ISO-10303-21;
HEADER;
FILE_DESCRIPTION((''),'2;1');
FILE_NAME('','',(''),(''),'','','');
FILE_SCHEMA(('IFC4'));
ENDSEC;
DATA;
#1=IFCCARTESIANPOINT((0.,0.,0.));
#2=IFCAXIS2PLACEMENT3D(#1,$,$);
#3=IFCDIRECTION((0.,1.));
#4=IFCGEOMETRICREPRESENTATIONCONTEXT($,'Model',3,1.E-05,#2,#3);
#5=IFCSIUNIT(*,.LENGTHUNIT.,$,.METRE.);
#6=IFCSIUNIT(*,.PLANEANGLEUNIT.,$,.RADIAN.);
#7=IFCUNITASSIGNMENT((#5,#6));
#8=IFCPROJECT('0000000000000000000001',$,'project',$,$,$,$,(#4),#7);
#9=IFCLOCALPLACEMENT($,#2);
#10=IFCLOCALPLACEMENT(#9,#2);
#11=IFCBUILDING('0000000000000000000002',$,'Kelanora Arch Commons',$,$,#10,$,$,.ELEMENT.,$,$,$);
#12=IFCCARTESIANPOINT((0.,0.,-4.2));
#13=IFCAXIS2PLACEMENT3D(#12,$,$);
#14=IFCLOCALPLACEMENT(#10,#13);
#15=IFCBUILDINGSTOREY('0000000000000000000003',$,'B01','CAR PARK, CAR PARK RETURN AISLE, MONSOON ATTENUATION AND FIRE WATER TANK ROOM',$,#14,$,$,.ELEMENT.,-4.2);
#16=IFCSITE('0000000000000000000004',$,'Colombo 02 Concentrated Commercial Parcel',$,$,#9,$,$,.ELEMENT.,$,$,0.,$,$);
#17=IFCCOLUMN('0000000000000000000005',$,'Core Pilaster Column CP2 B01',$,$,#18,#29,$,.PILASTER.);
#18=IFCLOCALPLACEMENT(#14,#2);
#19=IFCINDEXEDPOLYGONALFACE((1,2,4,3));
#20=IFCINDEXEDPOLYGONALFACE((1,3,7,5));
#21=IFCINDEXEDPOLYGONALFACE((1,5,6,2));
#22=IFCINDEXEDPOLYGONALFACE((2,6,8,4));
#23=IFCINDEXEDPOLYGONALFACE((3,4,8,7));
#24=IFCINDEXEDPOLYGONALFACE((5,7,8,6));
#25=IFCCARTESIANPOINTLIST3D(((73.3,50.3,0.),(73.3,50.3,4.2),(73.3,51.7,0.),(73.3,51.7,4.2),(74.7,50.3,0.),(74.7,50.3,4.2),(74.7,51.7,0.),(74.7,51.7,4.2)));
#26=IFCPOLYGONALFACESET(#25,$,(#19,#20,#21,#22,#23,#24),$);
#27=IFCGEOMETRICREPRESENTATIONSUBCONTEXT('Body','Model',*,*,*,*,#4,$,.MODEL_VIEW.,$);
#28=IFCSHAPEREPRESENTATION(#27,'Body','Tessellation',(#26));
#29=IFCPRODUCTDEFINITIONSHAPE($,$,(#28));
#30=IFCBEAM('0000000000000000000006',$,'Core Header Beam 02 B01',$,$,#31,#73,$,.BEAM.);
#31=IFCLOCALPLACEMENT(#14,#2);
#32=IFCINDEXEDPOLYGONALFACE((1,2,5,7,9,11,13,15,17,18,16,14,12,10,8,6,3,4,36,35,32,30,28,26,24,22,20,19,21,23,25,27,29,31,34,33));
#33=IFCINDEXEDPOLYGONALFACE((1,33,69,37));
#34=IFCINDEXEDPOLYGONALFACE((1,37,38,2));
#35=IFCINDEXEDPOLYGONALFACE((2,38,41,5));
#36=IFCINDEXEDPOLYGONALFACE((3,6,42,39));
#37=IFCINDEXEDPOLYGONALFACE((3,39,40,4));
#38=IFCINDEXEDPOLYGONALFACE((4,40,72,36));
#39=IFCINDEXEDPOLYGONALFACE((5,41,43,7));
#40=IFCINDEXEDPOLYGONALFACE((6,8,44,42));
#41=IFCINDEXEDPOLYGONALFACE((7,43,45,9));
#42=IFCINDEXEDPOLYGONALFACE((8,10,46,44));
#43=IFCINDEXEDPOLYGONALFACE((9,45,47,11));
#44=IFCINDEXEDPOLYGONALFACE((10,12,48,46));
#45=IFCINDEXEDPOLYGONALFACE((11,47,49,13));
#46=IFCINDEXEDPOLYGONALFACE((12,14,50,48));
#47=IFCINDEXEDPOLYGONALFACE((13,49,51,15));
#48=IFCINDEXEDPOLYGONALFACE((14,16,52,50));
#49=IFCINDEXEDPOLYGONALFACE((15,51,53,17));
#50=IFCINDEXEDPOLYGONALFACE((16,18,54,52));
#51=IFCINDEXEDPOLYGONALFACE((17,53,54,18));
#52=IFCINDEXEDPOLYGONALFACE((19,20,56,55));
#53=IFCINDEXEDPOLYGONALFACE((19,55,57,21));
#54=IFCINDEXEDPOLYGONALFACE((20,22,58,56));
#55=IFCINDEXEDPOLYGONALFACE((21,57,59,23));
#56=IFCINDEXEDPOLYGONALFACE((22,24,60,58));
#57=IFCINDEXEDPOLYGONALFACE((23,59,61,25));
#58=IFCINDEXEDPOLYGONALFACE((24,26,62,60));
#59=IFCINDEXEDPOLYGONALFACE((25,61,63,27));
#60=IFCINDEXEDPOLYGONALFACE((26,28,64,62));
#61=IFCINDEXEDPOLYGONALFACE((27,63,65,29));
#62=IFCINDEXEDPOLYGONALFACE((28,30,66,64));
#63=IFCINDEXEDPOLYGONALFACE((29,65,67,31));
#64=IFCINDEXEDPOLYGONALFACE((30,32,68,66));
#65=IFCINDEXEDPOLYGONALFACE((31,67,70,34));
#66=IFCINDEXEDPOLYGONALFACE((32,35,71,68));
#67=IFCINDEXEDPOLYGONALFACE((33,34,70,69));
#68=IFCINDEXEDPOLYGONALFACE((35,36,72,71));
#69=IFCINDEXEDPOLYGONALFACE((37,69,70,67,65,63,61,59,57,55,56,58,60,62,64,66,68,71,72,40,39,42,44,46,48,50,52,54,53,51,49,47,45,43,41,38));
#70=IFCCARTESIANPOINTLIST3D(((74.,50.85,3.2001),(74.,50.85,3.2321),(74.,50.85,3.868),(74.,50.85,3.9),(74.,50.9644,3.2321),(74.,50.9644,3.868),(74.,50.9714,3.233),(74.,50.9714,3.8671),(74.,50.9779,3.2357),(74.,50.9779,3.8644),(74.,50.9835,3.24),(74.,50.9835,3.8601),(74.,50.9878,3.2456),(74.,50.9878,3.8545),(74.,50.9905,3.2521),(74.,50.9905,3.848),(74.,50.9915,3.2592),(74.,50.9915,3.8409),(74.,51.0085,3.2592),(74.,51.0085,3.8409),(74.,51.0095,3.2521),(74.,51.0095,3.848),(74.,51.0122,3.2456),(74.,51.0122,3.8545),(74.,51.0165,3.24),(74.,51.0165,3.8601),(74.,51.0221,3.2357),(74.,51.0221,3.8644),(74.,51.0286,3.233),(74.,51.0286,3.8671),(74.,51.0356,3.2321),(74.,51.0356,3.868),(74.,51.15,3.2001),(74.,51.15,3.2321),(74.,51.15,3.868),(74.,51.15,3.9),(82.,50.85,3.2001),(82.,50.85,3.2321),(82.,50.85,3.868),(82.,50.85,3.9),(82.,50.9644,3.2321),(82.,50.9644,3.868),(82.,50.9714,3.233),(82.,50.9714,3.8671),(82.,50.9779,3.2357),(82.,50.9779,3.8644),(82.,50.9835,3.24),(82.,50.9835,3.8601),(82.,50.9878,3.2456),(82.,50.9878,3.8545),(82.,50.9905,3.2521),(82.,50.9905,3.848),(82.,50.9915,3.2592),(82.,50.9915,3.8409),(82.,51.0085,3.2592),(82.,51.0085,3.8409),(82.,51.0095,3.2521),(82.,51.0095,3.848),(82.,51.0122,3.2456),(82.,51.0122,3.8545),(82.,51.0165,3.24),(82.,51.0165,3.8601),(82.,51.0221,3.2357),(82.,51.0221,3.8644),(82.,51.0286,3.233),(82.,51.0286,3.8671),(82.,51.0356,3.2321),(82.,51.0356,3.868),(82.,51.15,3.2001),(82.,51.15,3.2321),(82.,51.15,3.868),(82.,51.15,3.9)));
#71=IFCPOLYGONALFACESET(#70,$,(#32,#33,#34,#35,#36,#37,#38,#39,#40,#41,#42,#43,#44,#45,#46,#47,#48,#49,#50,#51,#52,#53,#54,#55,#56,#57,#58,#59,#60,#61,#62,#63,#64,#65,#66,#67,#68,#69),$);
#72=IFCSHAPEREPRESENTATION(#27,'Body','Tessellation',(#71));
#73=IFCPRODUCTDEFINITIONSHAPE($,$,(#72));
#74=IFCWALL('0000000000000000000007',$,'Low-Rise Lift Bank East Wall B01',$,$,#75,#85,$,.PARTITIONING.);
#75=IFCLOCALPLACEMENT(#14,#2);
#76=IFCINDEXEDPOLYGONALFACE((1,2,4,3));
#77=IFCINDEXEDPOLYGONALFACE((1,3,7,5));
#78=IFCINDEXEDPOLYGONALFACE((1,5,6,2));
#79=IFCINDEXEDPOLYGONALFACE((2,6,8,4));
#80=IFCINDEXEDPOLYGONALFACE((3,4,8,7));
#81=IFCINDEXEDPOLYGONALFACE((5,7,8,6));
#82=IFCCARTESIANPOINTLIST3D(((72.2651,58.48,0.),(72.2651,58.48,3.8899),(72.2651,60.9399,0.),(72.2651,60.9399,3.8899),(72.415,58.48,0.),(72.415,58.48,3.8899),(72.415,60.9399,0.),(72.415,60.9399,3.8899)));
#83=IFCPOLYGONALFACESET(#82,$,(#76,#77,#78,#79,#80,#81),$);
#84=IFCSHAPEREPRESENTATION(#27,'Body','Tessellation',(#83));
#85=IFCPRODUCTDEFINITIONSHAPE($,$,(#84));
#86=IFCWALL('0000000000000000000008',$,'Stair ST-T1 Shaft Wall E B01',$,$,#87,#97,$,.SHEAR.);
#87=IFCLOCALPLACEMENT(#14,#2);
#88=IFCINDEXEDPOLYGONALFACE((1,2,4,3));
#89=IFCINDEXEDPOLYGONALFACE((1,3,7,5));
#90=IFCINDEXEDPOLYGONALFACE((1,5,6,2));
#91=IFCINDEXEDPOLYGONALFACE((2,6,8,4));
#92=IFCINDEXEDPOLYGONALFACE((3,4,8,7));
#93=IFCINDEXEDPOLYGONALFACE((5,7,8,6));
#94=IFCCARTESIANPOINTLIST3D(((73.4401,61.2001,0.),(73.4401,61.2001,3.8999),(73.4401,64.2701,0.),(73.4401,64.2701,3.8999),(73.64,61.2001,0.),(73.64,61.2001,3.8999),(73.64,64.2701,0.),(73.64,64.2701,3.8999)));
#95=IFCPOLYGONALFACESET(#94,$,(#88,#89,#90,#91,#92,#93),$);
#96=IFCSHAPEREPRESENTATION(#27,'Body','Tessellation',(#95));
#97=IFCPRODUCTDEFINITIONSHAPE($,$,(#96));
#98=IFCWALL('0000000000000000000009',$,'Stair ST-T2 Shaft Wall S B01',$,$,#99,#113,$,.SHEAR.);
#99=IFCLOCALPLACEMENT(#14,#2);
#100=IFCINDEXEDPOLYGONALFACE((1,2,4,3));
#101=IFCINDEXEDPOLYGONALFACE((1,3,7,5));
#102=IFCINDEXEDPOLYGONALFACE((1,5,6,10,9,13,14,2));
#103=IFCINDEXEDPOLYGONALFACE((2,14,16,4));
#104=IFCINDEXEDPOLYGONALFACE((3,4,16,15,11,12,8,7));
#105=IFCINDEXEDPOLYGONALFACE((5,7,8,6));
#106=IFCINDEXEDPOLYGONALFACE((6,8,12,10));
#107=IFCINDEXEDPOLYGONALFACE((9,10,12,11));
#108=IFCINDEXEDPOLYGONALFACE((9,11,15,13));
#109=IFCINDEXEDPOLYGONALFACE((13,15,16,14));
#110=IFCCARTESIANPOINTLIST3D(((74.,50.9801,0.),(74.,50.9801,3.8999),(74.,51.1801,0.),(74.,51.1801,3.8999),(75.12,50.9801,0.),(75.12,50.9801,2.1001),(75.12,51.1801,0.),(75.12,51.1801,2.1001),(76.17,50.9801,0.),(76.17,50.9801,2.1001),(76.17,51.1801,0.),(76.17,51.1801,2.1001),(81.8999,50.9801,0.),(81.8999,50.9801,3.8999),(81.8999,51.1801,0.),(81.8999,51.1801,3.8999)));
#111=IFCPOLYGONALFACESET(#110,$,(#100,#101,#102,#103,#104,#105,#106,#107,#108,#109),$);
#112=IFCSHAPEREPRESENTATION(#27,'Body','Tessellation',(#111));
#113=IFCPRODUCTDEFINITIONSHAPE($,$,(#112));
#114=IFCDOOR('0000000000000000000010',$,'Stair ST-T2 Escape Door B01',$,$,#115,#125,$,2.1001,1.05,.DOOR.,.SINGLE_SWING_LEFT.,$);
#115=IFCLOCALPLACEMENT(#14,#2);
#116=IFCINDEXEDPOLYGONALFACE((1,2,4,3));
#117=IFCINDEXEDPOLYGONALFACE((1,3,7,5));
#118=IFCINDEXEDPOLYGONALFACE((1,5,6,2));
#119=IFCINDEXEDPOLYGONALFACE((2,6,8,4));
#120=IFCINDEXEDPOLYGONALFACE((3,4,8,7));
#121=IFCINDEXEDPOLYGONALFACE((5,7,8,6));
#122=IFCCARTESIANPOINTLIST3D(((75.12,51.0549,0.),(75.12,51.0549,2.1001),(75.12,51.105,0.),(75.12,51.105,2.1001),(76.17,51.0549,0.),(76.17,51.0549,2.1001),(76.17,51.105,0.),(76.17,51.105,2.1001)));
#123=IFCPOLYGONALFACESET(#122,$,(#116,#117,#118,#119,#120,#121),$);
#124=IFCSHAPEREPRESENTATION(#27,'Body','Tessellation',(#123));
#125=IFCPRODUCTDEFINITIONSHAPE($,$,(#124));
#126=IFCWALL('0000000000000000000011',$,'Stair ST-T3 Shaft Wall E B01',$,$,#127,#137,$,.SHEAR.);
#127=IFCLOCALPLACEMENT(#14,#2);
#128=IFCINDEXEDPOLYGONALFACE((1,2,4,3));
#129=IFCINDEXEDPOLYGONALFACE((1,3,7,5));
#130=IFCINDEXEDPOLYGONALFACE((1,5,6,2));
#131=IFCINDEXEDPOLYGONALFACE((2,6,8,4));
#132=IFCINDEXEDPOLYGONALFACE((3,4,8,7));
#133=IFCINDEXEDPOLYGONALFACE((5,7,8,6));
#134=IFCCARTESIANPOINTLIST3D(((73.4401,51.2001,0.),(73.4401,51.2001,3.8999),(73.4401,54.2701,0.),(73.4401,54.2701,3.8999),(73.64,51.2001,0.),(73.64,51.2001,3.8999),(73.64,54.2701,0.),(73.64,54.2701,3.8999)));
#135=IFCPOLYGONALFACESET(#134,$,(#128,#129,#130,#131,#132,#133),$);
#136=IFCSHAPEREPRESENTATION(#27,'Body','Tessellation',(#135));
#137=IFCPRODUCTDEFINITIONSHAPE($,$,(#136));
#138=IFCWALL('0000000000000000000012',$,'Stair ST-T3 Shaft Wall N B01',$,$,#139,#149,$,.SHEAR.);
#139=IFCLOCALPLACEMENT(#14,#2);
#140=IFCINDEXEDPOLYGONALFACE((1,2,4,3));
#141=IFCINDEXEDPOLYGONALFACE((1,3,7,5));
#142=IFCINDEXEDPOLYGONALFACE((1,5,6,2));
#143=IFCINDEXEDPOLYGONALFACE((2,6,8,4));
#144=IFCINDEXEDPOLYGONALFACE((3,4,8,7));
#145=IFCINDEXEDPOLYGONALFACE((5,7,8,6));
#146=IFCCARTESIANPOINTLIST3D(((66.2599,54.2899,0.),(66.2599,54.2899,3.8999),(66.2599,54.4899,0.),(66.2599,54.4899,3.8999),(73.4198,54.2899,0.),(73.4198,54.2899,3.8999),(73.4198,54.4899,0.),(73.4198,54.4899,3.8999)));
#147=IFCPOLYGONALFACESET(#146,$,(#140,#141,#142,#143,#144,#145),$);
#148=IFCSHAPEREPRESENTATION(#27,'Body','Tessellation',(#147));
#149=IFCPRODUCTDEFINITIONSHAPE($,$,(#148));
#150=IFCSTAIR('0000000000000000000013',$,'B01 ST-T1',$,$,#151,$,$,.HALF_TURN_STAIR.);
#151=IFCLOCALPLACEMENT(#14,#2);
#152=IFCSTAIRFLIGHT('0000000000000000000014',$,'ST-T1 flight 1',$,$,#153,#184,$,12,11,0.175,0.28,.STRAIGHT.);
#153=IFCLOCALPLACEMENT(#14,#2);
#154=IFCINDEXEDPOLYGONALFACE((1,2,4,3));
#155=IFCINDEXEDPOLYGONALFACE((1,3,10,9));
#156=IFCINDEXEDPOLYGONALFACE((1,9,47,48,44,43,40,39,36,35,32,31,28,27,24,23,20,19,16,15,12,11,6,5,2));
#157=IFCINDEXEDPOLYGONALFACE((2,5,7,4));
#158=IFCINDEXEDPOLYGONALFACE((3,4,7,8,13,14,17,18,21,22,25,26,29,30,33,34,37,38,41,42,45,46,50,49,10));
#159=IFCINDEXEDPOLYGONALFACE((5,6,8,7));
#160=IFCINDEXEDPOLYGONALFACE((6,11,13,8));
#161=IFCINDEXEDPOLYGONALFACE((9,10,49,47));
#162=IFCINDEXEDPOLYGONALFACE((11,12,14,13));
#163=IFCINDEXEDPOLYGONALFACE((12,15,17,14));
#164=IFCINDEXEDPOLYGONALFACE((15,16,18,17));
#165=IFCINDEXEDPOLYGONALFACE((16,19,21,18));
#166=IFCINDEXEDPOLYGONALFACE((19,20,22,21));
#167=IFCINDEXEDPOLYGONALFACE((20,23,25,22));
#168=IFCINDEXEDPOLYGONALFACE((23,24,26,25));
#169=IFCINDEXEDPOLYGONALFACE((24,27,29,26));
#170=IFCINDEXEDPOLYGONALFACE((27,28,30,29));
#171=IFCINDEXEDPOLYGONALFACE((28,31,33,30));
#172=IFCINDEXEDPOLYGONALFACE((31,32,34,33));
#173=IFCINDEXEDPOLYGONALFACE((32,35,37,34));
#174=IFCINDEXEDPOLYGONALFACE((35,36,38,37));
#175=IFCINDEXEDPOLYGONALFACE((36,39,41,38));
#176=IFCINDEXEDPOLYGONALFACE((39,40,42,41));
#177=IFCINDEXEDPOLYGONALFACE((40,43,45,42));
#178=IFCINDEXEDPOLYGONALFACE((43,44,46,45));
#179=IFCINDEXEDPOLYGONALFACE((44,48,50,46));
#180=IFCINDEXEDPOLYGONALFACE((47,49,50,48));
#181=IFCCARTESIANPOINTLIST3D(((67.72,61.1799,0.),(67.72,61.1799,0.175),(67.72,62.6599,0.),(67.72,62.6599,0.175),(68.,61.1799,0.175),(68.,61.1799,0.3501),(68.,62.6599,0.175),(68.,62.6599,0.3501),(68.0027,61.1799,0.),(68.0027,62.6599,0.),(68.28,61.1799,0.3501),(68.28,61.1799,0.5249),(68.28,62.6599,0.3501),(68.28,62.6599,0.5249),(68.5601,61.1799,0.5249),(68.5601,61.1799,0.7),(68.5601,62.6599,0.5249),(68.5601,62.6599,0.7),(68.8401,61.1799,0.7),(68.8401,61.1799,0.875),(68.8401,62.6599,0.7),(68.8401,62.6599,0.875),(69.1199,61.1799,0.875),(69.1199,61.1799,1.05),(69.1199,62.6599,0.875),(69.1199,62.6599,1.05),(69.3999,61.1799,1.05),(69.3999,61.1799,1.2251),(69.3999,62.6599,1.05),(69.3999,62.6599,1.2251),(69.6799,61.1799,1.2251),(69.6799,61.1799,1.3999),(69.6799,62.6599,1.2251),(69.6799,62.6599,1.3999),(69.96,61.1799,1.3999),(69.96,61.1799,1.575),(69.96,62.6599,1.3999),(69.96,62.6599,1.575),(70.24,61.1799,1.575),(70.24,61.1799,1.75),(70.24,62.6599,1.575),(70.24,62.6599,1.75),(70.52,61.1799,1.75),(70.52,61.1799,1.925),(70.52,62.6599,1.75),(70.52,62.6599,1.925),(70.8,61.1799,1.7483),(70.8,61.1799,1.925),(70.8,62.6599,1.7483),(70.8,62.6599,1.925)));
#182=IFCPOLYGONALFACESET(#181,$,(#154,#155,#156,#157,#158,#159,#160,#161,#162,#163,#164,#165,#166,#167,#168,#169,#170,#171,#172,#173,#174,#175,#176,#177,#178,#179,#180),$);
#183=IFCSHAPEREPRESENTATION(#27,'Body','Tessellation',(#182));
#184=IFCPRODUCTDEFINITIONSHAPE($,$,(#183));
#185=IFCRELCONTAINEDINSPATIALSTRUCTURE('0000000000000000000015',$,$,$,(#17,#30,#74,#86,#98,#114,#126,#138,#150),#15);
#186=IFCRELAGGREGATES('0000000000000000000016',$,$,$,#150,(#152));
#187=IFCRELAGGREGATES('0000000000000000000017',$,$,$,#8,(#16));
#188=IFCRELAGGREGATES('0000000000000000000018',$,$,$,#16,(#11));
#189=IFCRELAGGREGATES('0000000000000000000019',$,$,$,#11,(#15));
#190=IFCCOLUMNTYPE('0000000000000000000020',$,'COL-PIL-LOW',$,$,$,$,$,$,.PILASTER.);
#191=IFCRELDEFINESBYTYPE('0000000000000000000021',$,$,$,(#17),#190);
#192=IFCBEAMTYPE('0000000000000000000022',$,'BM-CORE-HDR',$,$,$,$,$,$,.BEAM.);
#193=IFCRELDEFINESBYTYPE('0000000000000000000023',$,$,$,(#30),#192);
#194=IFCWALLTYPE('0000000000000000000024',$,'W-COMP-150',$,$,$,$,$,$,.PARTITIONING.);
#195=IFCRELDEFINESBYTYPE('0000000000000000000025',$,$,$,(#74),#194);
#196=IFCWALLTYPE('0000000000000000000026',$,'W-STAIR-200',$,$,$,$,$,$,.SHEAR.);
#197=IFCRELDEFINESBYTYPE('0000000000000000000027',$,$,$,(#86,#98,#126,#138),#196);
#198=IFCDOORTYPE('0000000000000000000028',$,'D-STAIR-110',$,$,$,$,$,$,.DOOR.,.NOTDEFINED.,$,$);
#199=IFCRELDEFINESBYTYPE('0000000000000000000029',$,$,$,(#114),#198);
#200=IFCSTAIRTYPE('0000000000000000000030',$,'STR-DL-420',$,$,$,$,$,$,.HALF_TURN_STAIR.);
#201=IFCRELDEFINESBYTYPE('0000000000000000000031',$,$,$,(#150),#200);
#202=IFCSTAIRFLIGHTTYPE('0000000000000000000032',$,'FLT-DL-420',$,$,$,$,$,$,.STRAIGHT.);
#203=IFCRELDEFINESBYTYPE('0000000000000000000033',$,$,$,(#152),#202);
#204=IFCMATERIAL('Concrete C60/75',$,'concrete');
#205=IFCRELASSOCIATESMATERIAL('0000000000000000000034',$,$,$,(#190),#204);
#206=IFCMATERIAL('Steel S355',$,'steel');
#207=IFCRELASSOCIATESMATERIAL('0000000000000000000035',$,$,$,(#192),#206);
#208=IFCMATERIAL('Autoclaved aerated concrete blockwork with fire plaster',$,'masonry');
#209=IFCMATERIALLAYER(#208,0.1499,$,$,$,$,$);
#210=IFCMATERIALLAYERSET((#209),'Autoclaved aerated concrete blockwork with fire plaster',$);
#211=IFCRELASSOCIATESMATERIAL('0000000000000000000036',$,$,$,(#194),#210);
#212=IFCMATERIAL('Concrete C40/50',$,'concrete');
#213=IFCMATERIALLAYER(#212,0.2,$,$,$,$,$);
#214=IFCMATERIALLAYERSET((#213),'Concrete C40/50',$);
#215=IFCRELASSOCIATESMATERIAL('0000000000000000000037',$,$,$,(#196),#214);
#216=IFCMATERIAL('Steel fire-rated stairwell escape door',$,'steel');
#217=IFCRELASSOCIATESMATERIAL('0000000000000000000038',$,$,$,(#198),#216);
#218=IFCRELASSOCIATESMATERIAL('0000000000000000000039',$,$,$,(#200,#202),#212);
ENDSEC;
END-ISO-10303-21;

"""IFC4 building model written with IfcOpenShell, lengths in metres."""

from ifc_helpers import new_model, si_unit, direction, frame, frame_2d, origin, origin_2d, place, context, subcontext, project, spatial, polyline, rectangle, i_section, outline, extrude, material, layer, layer_set, material_profile, profile_set, type_object, element, fill, aggregate, save


model = new_model("IFC4")

# Units and contexts
model_context = context("Model", 3, precision=1e-05, world=origin(), true_north=direction((0.0, 1.0)))
body_context = subcontext(model_context, "Body", "Model", "MODEL_VIEW")
ifc_project = project(units=[si_unit("LENGTHUNIT", "METRE"), si_unit("PLANEANGLEUNIT", "RADIAN")], contexts=[model_context])

# Site, building, storey
site_placement = place(None, origin())
site = spatial("IfcSite", under=ifc_project, at=site_placement, Name="Colombo 02 Concentrated Commercial Parcel", CompositionType="ELEMENT", RefElevation=0.0)
building_placement = place(site_placement, origin())
building = spatial("IfcBuilding", under=site, at=building_placement, Name="Kelanora Arch Commons", CompositionType="ELEMENT")
storey_placement = place(building_placement, frame((0.0, 0.0, -4.2)))
storey = spatial("IfcBuildingStorey", under=building, at=storey_placement, Name="B01", Description="CAR PARK, CAR PARK RETURN AISLE, MONSOON ATTENUATION AND FIRE WATER TANK ROOM", CompositionType="ELEMENT", Elevation=-4.2)

# Column
ifc_material_1 = material(Name="Concrete C60/75", Category="concrete")
ifc_material_profile_1 = material_profile(ifc_material_1, rectangle(XDim=1.3999, YDim=1.3999, at=origin_2d()), Name="RC1400x1400")
ifc_profile_set_1 = profile_set([ifc_material_profile_1], Name="Concrete C60/75")
column_type = type_object("IfcColumnType", Name="COL-PIL-LOW", PredefinedType="PILASTER", material=ifc_profile_set_1)
column_placement = place(storey_placement, frame((74.0, 51.0, 0.0), z_axis=(0.0, 0.0, 1.0), x_axis=(1.0, 0.0, 0.0)))
element("IfcColumn", 1, at=column_placement, inside=storey, type_object=column_type, Name="Core Pilaster Column CP2 B01", PredefinedType="PILASTER", context=body_context, shape_type="SweptSolid", body=[
    extrude(rectangle(XDim=1.3999, YDim=1.3999, at=origin_2d()), origin(), (0.0, 0.0, 1.0), 4.2),
])

# Beam
ifc_material_2 = material(Name="Steel S355", Category="steel")
ifc_material_profile_2 = material_profile(ifc_material_2, i_section(OverallWidth=0.3, OverallDepth=0.7, WebThickness=0.0171, FlangeThickness=0.032, FilletRadius=0.0271, at=origin_2d()), Name="HEB700")
ifc_profile_set_2 = profile_set([ifc_material_profile_2], Name="Steel S355")
beam_type = type_object("IfcBeamType", Name="BM-CORE-HDR", PredefinedType="BEAM", material=ifc_profile_set_2)
beam_placement = place(storey_placement, frame((74.0, 51.0, 3.55), z_axis=(1.0, 0.0, 0.0), x_axis=(0.0, 1.0, 0.0)))
element("IfcBeam", 2, at=beam_placement, inside=storey, type_object=beam_type, Name="Core Header Beam 02 B01", PredefinedType="BEAM", context=body_context, shape_type="SweptSolid", body=[
    extrude(i_section(OverallWidth=0.3, OverallDepth=0.7, WebThickness=0.0171, FlangeThickness=0.032, FilletRadius=0.0271, at=origin_2d()), origin(), (0.0, 0.0, 1.0), 8.0),
])

# Walls
ifc_material_3 = material(Name="Autoclaved aerated concrete blockwork with fire plaster", Category="masonry")
ifc_layer_1 = layer(ifc_material_3, 0.1499)
ifc_layer_set_1 = layer_set([ifc_layer_1], Name="Autoclaved aerated concrete blockwork with fire plaster")
wall_type_1 = type_object("IfcWallType", Name="W-COMP-150", PredefinedType="PARTITIONING", material=ifc_layer_set_1)
wall_1_placement = place(storey_placement, frame((72.3401, 58.48, 0.0), z_axis=(0.0, 0.0, 1.0), x_axis=(0.0, 1.0, 0.0)))
element("IfcWall", 3, at=wall_1_placement, inside=storey, type_object=wall_type_1, Name="Low-Rise Lift Bank East Wall B01", PredefinedType="PARTITIONING", context=body_context, shape_type="SweptSolid", body=[
    extrude(rectangle(XDim=2.46, YDim=0.1499, at=frame_2d((1.23, 0.0))), origin(), (0.0, 0.0, 1.0), 3.8899),
])
ifc_material_4 = material(Name="Concrete C40/50", Category="concrete")
ifc_layer_2 = layer(ifc_material_4, 0.2)
ifc_layer_set_2 = layer_set([ifc_layer_2], Name="Concrete C40/50")
wall_type_2 = type_object("IfcWallType", Name="W-STAIR-200", PredefinedType="SHEAR", material=ifc_layer_set_2)
wall_2_placement = place(storey_placement, frame((73.54, 61.2, 0.0), z_axis=(0.0, 0.0, 1.0), x_axis=(0.0, 1.0, 0.0)))
element("IfcWall", 4, at=wall_2_placement, inside=storey, type_object=wall_type_2, Name="Stair ST-T1 Shaft Wall E B01", PredefinedType="SHEAR", context=body_context, shape_type="SweptSolid", body=[
    extrude(rectangle(XDim=3.0701, YDim=0.2, at=frame_2d((1.5352, 0.0))), origin(), (0.0, 0.0, 1.0), 3.8999),
])

# Wall, opening, door
wall_3_placement = place(storey_placement, frame((74.0, 51.0801, 0.0), z_axis=(0.0, 0.0, 1.0), x_axis=(1.0, 0.0, 0.0)))
wall_3 = element("IfcWall", 5, at=wall_3_placement, inside=storey, type_object=wall_type_2, Name="Stair ST-T2 Shaft Wall S B01", PredefinedType="SHEAR", context=body_context, shape_type="SweptSolid", body=[
    extrude(rectangle(XDim=7.8999, YDim=0.2, at=frame_2d((3.95, 0.0))), origin(), (0.0, 0.0, 1.0), 3.8999),
])
opening_placement = place(wall_3_placement, frame((1.1201, 0.0, 0.0)))
opening = element("IfcOpeningElement", 6, at=opening_placement, cuts=wall_3, PredefinedType="OPENING", context=body_context, shape_type="SweptSolid", body=[
    extrude(rectangle(XDim=1.05, YDim=2.1001, at=frame_2d((0.5249, 1.05))), frame((0.0, 0.1099, 0.0), z_axis=(0.0, -1.0, 0.0), x_axis=(1.0, 0.0, 0.0)), (0.0, 0.0, 1.0), 0.22),
])
ifc_material_5 = material(Name="Steel fire-rated stairwell escape door", Category="steel")
door_type = type_object("IfcDoorType", Name="D-STAIR-110", OperationType="NOTDEFINED", PredefinedType="DOOR", material=ifc_material_5)
door_placement = place(opening_placement, origin())
door = element("IfcDoor", 7, at=door_placement, inside=storey, type_object=door_type, Name="Stair ST-T2 Escape Door B01", OperationType="SINGLE_SWING_LEFT", OverallHeight=2.1001, OverallWidth=1.05, PredefinedType="DOOR", context=body_context, shape_type="SweptSolid", body=[
    extrude(rectangle(XDim=1.05, YDim=2.1001, at=frame_2d((0.5249, 1.05))), frame((0.0, 0.0249, 0.0), z_axis=(0.0, -1.0, 0.0), x_axis=(1.0, 0.0, 0.0)), (0.0, 0.0, 1.0), 0.05),
])
fill(opening, door)

# Walls
wall_4_placement = place(storey_placement, frame((73.54, 51.2, 0.0), z_axis=(0.0, 0.0, 1.0), x_axis=(0.0, 1.0, 0.0)))
element("IfcWall", 8, at=wall_4_placement, inside=storey, type_object=wall_type_2, Name="Stair ST-T3 Shaft Wall E B01", PredefinedType="SHEAR", context=body_context, shape_type="SweptSolid", body=[
    extrude(rectangle(XDim=3.0701, YDim=0.2, at=frame_2d((1.5352, 0.0))), origin(), (0.0, 0.0, 1.0), 3.8999),
])
wall_5_placement = place(storey_placement, frame((73.4199, 54.3899, 0.0), z_axis=(0.0, 0.0, 1.0), x_axis=(-1.0, 0.0, 0.0)))
element("IfcWall", 9, at=wall_5_placement, inside=storey, type_object=wall_type_2, Name="Stair ST-T3 Shaft Wall N B01", PredefinedType="SHEAR", context=body_context, shape_type="SweptSolid", body=[
    extrude(rectangle(XDim=7.1599, YDim=0.2, at=frame_2d((3.5801, 0.0))), origin(), (0.0, 0.0, 1.0), 3.8999),
])

# Stair, stair flight
stair_type = type_object("IfcStairType", Name="STR-DL-420", PredefinedType="HALF_TURN_STAIR", material=ifc_material_4)
stair_1_placement = place(storey_placement, origin())
stair_1 = element("IfcStair", 10, at=stair_1_placement, inside=storey, type_object=stair_type, Name="B01 ST-T1", PredefinedType="HALF_TURN_STAIR")
stair_flight_type = type_object("IfcStairFlightType", Name="FLT-DL-420", PredefinedType="STRAIGHT", material=ifc_material_4)
stair_flight_1_placement = place(storey_placement, frame((67.72, 61.9199, 0.0), z_axis=(0.0, 0.0, 1.0), x_axis=(1.0, 0.0, 0.0)))
stair_flight_1 = element("IfcStairFlight", 11, at=stair_flight_1_placement, type_object=stair_flight_type, Name="ST-T1 flight 1", NumberOfRisers=12, NumberOfTreads=11, PredefinedType="STRAIGHT", RiserHeight=0.175, TreadLength=0.28, context=body_context, shape_type="SweptSolid", body=[
    extrude(outline(polyline([(0.0, 0.0), (0.0, 0.175), (0.28, 0.175), (0.28, 0.3501), (0.5601, 0.3501), (0.5601, 0.5249), (0.8401, 0.5249), (0.8401, 0.7), (1.1201, 0.7), (1.1201, 0.875), (1.3999, 0.875), (1.3999, 1.05), (1.6799, 1.05), (1.6799, 1.2251), (1.96, 1.2251), (1.96, 1.3999), (2.24, 1.3999), (2.24, 1.575), (2.52, 1.575), (2.52, 1.75), (2.8, 1.75), (2.8, 1.925), (3.0801, 1.925), (3.0801, 2.1001), (3.0801, 1.7483), (0.2827, 0.0), (0.0, 0.0)])), frame((0.0, 0.74, 0.0), z_axis=(0.0, -1.0, 0.0), x_axis=(1.0, 0.0, 0.0)), (0.0, 0.0, 1.0), 1.48),
])
aggregate(stair_1, [stair_flight_1])

save(model, "model.ifc")
